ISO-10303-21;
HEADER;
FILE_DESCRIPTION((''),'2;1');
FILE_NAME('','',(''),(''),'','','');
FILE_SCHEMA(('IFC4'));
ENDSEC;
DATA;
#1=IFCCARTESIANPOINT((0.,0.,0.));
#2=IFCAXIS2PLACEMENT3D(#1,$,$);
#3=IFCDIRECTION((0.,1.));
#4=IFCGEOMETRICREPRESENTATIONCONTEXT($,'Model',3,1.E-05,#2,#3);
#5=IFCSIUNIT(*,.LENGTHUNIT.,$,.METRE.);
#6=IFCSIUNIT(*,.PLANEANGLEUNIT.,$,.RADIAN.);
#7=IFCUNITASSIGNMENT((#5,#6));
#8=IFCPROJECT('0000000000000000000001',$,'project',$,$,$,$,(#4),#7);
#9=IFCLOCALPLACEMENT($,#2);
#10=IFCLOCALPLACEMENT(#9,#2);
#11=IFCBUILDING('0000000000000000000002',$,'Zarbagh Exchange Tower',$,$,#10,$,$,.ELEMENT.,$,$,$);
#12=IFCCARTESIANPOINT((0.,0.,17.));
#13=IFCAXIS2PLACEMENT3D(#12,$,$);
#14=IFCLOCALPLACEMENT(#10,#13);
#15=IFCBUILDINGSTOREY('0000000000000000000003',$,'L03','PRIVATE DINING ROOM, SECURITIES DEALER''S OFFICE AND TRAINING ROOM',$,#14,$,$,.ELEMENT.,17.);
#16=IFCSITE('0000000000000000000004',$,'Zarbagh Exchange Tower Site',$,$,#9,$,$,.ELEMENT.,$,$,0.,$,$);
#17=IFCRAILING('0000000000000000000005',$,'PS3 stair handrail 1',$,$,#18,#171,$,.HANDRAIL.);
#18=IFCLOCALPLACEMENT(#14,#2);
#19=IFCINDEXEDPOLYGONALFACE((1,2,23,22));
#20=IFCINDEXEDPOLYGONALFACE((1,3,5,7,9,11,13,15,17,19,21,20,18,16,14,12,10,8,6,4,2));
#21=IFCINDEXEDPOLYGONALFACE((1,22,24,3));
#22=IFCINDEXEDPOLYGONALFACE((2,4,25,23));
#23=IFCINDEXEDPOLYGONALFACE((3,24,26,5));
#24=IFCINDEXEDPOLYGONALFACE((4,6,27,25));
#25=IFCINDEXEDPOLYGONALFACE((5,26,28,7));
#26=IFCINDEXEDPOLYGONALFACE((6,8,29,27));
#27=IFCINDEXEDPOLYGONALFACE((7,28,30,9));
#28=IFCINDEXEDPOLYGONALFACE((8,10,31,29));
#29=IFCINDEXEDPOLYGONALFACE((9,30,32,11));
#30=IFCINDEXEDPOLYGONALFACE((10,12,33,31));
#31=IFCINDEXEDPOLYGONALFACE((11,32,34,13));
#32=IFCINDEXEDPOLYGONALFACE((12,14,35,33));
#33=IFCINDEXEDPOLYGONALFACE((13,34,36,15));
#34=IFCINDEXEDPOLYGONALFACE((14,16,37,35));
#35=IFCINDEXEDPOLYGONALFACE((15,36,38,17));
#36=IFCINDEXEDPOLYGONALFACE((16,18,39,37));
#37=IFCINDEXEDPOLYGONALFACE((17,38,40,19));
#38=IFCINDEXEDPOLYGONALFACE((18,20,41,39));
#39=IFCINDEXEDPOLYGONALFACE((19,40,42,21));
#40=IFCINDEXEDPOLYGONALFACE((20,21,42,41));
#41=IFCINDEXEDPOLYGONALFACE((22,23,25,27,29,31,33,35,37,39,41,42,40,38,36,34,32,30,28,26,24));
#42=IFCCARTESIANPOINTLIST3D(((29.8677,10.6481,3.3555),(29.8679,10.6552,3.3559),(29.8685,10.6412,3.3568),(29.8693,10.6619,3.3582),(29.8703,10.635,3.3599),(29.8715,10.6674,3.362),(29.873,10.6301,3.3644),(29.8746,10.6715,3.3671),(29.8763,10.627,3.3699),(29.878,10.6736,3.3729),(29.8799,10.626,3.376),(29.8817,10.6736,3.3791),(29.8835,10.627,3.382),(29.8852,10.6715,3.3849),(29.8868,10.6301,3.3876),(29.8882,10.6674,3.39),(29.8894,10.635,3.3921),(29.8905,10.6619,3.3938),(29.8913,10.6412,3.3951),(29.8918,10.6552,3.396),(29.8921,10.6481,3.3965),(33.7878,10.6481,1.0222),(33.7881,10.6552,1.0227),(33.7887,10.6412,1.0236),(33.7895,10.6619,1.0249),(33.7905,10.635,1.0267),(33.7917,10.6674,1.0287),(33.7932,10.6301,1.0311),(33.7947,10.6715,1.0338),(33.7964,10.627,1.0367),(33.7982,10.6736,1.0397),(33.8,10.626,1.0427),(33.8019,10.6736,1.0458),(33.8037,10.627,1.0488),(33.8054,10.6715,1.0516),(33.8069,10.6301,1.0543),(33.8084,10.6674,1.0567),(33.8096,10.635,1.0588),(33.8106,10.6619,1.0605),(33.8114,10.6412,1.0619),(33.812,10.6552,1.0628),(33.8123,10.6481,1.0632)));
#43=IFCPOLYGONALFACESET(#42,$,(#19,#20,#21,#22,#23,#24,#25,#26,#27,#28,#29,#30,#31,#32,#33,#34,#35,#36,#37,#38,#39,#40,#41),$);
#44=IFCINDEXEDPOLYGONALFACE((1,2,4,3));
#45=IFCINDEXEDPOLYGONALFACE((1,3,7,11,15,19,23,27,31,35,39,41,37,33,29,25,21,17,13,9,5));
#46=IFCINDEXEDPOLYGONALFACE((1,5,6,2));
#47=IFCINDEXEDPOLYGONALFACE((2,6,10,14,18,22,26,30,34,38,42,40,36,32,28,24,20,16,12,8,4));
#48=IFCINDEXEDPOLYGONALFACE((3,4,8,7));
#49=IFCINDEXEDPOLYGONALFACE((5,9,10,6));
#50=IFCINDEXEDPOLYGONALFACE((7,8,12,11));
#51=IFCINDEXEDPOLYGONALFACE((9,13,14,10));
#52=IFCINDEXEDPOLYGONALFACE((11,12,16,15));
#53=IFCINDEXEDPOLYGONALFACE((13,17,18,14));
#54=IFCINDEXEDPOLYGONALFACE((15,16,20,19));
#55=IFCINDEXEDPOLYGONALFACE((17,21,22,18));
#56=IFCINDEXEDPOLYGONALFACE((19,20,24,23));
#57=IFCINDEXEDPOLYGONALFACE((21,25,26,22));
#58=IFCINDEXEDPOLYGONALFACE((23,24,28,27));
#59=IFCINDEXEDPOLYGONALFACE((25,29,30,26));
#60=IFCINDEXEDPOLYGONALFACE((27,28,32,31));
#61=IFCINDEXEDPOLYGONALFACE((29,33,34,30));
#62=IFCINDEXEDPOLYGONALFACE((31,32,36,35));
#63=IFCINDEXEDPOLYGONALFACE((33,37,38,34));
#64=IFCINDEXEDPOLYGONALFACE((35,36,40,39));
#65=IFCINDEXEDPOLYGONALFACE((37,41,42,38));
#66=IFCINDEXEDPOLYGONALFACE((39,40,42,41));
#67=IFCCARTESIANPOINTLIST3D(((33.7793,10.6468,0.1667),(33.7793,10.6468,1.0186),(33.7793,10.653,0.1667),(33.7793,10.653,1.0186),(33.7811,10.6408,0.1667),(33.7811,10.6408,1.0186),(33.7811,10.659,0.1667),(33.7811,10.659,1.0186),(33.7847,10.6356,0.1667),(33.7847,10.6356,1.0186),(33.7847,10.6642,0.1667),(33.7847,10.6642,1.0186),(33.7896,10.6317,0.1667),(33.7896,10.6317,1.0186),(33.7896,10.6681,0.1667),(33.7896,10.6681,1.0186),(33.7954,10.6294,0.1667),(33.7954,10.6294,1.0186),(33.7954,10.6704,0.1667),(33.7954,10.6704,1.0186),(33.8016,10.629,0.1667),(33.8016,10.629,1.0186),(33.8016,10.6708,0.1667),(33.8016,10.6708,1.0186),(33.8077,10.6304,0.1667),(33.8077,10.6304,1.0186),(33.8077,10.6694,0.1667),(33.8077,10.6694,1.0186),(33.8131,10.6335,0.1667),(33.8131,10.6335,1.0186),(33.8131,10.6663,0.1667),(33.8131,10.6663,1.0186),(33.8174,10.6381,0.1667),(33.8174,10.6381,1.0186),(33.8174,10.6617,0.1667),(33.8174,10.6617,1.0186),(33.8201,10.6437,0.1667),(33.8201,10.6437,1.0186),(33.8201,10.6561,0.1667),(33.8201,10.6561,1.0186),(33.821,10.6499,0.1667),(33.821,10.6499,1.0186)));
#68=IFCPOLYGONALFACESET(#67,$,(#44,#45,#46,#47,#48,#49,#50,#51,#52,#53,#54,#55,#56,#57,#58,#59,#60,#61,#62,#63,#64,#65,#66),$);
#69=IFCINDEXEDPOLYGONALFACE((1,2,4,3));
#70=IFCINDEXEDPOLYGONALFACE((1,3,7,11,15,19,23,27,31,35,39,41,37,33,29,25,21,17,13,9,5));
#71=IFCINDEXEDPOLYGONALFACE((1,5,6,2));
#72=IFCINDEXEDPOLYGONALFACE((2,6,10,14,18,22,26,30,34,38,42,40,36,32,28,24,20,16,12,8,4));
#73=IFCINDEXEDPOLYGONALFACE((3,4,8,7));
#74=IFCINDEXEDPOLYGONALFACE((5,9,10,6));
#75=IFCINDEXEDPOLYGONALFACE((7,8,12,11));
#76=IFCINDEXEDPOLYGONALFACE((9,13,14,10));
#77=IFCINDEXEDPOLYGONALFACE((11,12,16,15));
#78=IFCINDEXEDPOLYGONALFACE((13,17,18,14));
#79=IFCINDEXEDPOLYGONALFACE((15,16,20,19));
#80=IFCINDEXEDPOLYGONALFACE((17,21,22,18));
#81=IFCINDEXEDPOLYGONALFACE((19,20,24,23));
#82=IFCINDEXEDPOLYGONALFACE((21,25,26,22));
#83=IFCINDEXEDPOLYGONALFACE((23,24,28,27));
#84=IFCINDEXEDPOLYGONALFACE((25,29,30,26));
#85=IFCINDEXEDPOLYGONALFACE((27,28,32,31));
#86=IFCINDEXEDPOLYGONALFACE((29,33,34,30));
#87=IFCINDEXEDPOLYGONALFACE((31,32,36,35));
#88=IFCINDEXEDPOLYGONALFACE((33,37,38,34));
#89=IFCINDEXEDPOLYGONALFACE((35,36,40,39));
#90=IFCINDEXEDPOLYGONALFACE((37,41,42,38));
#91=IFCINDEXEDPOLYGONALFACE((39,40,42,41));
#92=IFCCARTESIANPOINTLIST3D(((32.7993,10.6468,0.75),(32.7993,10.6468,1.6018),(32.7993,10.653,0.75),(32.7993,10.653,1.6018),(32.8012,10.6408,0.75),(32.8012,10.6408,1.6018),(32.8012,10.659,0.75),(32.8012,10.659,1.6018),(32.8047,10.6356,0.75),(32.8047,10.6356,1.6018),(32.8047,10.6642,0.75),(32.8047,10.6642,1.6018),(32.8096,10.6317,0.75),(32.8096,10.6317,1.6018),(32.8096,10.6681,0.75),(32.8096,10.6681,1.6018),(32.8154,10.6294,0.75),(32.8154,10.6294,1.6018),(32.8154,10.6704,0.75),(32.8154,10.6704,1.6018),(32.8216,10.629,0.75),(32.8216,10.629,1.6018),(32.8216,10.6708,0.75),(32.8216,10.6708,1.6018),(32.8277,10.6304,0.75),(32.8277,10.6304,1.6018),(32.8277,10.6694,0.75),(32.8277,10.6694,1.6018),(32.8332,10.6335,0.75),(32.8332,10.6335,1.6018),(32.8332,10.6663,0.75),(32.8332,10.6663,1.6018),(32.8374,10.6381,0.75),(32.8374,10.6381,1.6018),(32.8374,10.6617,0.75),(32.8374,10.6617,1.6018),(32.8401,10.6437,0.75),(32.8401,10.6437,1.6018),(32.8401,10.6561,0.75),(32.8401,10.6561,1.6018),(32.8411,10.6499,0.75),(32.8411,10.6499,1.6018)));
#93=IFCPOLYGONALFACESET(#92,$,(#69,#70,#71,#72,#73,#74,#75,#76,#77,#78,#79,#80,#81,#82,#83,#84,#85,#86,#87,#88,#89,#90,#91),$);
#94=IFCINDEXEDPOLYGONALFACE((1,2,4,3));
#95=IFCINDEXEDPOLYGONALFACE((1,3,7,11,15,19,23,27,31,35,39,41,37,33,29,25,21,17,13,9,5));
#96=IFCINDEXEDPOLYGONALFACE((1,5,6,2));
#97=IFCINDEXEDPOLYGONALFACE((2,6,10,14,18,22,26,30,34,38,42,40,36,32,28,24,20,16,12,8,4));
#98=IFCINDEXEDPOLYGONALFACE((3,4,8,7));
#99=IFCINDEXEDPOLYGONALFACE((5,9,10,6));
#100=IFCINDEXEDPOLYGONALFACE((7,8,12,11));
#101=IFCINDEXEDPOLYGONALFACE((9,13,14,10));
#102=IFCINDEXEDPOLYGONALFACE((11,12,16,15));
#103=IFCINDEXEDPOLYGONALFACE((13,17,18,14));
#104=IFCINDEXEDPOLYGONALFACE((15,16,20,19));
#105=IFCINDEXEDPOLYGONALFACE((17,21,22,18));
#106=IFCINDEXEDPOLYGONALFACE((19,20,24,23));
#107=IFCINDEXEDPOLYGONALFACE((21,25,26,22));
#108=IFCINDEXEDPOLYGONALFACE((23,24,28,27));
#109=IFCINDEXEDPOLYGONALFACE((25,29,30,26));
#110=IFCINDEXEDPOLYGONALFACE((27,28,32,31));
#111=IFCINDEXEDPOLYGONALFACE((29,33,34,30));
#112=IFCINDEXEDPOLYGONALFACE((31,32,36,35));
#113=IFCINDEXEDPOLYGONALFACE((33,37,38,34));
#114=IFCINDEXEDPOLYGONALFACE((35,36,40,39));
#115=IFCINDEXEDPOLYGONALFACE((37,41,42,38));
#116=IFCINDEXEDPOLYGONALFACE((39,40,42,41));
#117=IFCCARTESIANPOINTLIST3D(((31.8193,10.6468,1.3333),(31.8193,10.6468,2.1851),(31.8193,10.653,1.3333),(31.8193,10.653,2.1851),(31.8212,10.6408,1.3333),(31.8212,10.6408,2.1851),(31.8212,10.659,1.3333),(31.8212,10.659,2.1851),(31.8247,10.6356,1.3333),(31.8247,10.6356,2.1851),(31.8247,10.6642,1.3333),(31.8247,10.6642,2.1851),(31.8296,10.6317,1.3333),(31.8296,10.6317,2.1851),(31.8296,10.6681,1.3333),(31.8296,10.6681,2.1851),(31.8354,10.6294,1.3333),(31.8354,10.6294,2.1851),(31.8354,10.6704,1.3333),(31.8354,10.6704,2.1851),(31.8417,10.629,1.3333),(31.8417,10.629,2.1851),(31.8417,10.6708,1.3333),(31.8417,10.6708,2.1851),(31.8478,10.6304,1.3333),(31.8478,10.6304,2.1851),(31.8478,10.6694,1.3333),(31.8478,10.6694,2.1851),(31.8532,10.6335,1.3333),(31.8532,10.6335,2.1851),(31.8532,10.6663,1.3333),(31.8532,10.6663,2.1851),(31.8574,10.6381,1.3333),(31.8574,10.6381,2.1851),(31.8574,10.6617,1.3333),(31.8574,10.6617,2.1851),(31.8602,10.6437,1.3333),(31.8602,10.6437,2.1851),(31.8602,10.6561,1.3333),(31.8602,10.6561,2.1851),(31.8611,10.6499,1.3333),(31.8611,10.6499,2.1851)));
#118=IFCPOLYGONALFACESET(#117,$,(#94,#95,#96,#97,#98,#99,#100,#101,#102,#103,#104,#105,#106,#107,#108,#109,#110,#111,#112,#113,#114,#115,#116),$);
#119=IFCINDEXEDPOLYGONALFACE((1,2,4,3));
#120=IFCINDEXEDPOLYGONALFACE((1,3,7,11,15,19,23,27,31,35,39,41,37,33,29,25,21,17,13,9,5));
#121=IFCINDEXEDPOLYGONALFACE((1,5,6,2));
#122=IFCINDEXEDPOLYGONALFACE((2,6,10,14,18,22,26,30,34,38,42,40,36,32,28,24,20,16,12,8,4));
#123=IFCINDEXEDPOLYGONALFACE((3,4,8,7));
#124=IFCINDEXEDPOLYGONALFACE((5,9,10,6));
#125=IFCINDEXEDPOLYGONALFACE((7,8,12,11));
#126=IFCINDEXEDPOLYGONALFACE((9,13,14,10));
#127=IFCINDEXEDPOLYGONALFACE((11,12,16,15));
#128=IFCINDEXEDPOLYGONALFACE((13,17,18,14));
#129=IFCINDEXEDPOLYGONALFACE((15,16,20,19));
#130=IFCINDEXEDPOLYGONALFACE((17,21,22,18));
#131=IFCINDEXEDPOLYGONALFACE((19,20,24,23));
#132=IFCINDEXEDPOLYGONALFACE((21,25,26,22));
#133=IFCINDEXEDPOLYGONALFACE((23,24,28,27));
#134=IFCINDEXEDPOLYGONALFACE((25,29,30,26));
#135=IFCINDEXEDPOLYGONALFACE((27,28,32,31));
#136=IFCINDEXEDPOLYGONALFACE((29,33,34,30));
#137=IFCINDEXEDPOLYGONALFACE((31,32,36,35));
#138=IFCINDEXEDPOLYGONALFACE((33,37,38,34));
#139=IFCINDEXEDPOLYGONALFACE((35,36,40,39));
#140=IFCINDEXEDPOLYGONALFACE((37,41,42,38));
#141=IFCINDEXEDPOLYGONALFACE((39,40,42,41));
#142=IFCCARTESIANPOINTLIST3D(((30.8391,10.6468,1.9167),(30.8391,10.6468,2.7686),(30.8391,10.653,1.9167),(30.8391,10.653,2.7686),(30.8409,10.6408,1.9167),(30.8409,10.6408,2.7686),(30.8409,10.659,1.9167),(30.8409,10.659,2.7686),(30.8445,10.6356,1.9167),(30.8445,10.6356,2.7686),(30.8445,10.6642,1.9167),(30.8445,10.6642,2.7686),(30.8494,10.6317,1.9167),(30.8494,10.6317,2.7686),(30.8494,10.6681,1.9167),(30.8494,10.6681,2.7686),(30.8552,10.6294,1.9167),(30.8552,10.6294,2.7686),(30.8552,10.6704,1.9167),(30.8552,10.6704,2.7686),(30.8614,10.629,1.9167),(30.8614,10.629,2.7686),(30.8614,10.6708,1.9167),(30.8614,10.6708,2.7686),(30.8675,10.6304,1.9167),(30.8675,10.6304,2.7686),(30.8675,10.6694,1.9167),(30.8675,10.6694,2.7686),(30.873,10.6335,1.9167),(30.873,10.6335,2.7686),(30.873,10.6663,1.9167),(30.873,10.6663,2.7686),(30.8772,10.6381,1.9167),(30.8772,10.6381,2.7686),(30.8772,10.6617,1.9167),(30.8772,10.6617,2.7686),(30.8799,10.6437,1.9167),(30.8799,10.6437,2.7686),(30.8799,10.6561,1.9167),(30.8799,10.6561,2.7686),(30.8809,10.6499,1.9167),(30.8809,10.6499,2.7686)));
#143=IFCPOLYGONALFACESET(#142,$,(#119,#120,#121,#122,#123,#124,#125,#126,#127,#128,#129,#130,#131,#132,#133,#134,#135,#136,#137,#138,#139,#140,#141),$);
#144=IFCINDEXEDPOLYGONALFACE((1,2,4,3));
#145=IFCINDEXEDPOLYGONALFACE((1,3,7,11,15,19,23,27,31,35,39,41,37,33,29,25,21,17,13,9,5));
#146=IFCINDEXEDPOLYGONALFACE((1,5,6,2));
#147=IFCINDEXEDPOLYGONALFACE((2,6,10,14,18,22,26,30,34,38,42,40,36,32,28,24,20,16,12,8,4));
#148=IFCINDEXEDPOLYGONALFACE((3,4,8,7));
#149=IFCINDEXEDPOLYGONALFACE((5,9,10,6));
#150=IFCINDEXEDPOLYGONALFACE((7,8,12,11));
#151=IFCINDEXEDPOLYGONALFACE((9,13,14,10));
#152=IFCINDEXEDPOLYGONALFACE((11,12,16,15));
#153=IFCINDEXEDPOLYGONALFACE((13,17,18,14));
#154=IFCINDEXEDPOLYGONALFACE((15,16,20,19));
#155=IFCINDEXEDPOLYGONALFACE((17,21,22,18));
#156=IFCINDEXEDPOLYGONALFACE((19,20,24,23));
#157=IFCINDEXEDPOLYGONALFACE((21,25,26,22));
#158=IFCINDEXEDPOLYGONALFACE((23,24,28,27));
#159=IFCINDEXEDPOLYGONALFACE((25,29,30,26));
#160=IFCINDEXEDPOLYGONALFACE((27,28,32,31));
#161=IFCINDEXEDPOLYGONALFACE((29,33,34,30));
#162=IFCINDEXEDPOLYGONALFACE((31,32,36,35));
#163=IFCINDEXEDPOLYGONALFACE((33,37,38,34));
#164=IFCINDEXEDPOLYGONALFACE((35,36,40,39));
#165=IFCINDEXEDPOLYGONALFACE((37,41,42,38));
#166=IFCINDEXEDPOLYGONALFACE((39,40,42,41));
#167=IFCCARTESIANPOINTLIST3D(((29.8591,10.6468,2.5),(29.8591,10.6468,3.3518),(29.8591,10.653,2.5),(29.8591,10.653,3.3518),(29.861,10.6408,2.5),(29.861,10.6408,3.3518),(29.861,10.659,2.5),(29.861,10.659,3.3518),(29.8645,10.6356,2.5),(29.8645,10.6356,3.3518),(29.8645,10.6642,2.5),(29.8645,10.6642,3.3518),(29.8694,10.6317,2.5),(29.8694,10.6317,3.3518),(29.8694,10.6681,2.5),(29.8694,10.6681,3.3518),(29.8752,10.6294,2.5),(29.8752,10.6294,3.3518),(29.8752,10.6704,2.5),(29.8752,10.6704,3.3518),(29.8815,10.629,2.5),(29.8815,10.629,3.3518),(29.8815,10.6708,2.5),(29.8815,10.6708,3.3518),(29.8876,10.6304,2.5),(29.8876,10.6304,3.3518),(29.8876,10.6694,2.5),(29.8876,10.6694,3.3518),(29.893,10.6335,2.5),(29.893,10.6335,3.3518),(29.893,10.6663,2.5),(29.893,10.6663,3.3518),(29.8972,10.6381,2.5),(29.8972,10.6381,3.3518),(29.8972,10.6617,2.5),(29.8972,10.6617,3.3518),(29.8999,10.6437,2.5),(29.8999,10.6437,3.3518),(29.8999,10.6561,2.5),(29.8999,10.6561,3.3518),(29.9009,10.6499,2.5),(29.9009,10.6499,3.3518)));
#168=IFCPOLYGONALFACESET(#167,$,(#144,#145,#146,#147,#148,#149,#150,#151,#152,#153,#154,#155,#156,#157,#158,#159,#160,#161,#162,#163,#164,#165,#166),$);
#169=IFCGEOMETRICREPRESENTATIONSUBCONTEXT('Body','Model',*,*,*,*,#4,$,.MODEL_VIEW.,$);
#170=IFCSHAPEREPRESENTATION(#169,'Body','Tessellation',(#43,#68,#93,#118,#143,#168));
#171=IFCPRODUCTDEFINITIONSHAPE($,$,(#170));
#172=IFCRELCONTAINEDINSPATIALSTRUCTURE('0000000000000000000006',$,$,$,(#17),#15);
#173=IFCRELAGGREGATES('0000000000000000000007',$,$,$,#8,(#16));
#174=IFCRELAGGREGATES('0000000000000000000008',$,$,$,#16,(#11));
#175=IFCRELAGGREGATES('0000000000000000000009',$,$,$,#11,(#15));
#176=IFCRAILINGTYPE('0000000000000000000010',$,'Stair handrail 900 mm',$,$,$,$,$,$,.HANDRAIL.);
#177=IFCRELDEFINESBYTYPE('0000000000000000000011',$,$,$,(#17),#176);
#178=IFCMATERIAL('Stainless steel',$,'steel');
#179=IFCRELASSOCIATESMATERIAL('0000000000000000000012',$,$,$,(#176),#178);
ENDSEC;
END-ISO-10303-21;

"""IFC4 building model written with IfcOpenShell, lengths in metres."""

from ifc_helpers import new_model, si_unit, direction, frame, origin, origin_2d, place, context, subcontext, project, spatial, circle, extrude, material, type_object, element, save


model = new_model("IFC4")

# Units and contexts
model_context = context("Model", 3, precision=1e-05, world=origin(), true_north=direction((0.0, 1.0)))
body_context = subcontext(model_context, "Body", "Model", "MODEL_VIEW")
ifc_project = project(units=[si_unit("LENGTHUNIT", "METRE"), si_unit("PLANEANGLEUNIT", "RADIAN")], contexts=[model_context])

# Site, building, storey
site_placement = place(None, origin())
site = spatial("IfcSite", under=ifc_project, at=site_placement, Name="Zarbagh Exchange Tower Site", CompositionType="ELEMENT", RefElevation=0.0)
building_placement = place(site_placement, origin())
building = spatial("IfcBuilding", under=site, at=building_placement, Name="Zarbagh Exchange Tower", CompositionType="ELEMENT")
storey_placement = place(building_placement, frame((0.0, 0.0, 17.0)))
storey = spatial("IfcBuildingStorey", under=building, at=storey_placement, Name="L03", Description="PRIVATE DINING ROOM, SECURITIES DEALER'S OFFICE AND TRAINING ROOM", CompositionType="ELEMENT", Elevation=17.0)

# Railing
ifc_material_1 = material(Name="Stainless steel", Category="steel")
railing_type_1 = type_object("IfcRailingType", Name="Stair handrail 900 mm", PredefinedType="HANDRAIL", material=ifc_material_1)
railing_1_placement = place(storey_placement, frame((33.8, 10.6499, 0.1667)))
element("IfcRailing", 1, at=railing_1_placement, inside=storey, type_object=railing_type_1, Name="PS3 stair handrail 1", PredefinedType="HANDRAIL", context=body_context, shape_type="SweptSolid", body=[
    extrude(circle(Radius=0.0239, at=origin_2d()), frame((0.0, 0.0, 0.876), z_axis=(-0.85931, 0.0, 0.511455), x_axis=(0.0, -1.0, 0.0)), (0.0, 0.0, 1.0), 4.562),
    extrude(circle(Radius=0.021, at=origin_2d()), origin(), (0.0, 0.0, 1.0), 0.8518),
    extrude(circle(Radius=0.021, at=origin_2d()), frame((-0.98, 0.0, 0.5833)), (0.0, 0.0, 1.0), 0.8518),
    extrude(circle(Radius=0.021, at=origin_2d()), frame((-1.96, 0.0, 1.1665)), (0.0, 0.0, 1.0), 0.8518),
    extrude(circle(Radius=0.021, at=origin_2d()), frame((-2.9402, 0.0, 1.75)), (0.0, 0.0, 1.0), 0.8518),
    extrude(circle(Radius=0.021, at=origin_2d()), frame((-3.9202, 0.0, 2.3333)), (0.0, 0.0, 1.0), 0.8518),
])

save(model, "model.ifc")
